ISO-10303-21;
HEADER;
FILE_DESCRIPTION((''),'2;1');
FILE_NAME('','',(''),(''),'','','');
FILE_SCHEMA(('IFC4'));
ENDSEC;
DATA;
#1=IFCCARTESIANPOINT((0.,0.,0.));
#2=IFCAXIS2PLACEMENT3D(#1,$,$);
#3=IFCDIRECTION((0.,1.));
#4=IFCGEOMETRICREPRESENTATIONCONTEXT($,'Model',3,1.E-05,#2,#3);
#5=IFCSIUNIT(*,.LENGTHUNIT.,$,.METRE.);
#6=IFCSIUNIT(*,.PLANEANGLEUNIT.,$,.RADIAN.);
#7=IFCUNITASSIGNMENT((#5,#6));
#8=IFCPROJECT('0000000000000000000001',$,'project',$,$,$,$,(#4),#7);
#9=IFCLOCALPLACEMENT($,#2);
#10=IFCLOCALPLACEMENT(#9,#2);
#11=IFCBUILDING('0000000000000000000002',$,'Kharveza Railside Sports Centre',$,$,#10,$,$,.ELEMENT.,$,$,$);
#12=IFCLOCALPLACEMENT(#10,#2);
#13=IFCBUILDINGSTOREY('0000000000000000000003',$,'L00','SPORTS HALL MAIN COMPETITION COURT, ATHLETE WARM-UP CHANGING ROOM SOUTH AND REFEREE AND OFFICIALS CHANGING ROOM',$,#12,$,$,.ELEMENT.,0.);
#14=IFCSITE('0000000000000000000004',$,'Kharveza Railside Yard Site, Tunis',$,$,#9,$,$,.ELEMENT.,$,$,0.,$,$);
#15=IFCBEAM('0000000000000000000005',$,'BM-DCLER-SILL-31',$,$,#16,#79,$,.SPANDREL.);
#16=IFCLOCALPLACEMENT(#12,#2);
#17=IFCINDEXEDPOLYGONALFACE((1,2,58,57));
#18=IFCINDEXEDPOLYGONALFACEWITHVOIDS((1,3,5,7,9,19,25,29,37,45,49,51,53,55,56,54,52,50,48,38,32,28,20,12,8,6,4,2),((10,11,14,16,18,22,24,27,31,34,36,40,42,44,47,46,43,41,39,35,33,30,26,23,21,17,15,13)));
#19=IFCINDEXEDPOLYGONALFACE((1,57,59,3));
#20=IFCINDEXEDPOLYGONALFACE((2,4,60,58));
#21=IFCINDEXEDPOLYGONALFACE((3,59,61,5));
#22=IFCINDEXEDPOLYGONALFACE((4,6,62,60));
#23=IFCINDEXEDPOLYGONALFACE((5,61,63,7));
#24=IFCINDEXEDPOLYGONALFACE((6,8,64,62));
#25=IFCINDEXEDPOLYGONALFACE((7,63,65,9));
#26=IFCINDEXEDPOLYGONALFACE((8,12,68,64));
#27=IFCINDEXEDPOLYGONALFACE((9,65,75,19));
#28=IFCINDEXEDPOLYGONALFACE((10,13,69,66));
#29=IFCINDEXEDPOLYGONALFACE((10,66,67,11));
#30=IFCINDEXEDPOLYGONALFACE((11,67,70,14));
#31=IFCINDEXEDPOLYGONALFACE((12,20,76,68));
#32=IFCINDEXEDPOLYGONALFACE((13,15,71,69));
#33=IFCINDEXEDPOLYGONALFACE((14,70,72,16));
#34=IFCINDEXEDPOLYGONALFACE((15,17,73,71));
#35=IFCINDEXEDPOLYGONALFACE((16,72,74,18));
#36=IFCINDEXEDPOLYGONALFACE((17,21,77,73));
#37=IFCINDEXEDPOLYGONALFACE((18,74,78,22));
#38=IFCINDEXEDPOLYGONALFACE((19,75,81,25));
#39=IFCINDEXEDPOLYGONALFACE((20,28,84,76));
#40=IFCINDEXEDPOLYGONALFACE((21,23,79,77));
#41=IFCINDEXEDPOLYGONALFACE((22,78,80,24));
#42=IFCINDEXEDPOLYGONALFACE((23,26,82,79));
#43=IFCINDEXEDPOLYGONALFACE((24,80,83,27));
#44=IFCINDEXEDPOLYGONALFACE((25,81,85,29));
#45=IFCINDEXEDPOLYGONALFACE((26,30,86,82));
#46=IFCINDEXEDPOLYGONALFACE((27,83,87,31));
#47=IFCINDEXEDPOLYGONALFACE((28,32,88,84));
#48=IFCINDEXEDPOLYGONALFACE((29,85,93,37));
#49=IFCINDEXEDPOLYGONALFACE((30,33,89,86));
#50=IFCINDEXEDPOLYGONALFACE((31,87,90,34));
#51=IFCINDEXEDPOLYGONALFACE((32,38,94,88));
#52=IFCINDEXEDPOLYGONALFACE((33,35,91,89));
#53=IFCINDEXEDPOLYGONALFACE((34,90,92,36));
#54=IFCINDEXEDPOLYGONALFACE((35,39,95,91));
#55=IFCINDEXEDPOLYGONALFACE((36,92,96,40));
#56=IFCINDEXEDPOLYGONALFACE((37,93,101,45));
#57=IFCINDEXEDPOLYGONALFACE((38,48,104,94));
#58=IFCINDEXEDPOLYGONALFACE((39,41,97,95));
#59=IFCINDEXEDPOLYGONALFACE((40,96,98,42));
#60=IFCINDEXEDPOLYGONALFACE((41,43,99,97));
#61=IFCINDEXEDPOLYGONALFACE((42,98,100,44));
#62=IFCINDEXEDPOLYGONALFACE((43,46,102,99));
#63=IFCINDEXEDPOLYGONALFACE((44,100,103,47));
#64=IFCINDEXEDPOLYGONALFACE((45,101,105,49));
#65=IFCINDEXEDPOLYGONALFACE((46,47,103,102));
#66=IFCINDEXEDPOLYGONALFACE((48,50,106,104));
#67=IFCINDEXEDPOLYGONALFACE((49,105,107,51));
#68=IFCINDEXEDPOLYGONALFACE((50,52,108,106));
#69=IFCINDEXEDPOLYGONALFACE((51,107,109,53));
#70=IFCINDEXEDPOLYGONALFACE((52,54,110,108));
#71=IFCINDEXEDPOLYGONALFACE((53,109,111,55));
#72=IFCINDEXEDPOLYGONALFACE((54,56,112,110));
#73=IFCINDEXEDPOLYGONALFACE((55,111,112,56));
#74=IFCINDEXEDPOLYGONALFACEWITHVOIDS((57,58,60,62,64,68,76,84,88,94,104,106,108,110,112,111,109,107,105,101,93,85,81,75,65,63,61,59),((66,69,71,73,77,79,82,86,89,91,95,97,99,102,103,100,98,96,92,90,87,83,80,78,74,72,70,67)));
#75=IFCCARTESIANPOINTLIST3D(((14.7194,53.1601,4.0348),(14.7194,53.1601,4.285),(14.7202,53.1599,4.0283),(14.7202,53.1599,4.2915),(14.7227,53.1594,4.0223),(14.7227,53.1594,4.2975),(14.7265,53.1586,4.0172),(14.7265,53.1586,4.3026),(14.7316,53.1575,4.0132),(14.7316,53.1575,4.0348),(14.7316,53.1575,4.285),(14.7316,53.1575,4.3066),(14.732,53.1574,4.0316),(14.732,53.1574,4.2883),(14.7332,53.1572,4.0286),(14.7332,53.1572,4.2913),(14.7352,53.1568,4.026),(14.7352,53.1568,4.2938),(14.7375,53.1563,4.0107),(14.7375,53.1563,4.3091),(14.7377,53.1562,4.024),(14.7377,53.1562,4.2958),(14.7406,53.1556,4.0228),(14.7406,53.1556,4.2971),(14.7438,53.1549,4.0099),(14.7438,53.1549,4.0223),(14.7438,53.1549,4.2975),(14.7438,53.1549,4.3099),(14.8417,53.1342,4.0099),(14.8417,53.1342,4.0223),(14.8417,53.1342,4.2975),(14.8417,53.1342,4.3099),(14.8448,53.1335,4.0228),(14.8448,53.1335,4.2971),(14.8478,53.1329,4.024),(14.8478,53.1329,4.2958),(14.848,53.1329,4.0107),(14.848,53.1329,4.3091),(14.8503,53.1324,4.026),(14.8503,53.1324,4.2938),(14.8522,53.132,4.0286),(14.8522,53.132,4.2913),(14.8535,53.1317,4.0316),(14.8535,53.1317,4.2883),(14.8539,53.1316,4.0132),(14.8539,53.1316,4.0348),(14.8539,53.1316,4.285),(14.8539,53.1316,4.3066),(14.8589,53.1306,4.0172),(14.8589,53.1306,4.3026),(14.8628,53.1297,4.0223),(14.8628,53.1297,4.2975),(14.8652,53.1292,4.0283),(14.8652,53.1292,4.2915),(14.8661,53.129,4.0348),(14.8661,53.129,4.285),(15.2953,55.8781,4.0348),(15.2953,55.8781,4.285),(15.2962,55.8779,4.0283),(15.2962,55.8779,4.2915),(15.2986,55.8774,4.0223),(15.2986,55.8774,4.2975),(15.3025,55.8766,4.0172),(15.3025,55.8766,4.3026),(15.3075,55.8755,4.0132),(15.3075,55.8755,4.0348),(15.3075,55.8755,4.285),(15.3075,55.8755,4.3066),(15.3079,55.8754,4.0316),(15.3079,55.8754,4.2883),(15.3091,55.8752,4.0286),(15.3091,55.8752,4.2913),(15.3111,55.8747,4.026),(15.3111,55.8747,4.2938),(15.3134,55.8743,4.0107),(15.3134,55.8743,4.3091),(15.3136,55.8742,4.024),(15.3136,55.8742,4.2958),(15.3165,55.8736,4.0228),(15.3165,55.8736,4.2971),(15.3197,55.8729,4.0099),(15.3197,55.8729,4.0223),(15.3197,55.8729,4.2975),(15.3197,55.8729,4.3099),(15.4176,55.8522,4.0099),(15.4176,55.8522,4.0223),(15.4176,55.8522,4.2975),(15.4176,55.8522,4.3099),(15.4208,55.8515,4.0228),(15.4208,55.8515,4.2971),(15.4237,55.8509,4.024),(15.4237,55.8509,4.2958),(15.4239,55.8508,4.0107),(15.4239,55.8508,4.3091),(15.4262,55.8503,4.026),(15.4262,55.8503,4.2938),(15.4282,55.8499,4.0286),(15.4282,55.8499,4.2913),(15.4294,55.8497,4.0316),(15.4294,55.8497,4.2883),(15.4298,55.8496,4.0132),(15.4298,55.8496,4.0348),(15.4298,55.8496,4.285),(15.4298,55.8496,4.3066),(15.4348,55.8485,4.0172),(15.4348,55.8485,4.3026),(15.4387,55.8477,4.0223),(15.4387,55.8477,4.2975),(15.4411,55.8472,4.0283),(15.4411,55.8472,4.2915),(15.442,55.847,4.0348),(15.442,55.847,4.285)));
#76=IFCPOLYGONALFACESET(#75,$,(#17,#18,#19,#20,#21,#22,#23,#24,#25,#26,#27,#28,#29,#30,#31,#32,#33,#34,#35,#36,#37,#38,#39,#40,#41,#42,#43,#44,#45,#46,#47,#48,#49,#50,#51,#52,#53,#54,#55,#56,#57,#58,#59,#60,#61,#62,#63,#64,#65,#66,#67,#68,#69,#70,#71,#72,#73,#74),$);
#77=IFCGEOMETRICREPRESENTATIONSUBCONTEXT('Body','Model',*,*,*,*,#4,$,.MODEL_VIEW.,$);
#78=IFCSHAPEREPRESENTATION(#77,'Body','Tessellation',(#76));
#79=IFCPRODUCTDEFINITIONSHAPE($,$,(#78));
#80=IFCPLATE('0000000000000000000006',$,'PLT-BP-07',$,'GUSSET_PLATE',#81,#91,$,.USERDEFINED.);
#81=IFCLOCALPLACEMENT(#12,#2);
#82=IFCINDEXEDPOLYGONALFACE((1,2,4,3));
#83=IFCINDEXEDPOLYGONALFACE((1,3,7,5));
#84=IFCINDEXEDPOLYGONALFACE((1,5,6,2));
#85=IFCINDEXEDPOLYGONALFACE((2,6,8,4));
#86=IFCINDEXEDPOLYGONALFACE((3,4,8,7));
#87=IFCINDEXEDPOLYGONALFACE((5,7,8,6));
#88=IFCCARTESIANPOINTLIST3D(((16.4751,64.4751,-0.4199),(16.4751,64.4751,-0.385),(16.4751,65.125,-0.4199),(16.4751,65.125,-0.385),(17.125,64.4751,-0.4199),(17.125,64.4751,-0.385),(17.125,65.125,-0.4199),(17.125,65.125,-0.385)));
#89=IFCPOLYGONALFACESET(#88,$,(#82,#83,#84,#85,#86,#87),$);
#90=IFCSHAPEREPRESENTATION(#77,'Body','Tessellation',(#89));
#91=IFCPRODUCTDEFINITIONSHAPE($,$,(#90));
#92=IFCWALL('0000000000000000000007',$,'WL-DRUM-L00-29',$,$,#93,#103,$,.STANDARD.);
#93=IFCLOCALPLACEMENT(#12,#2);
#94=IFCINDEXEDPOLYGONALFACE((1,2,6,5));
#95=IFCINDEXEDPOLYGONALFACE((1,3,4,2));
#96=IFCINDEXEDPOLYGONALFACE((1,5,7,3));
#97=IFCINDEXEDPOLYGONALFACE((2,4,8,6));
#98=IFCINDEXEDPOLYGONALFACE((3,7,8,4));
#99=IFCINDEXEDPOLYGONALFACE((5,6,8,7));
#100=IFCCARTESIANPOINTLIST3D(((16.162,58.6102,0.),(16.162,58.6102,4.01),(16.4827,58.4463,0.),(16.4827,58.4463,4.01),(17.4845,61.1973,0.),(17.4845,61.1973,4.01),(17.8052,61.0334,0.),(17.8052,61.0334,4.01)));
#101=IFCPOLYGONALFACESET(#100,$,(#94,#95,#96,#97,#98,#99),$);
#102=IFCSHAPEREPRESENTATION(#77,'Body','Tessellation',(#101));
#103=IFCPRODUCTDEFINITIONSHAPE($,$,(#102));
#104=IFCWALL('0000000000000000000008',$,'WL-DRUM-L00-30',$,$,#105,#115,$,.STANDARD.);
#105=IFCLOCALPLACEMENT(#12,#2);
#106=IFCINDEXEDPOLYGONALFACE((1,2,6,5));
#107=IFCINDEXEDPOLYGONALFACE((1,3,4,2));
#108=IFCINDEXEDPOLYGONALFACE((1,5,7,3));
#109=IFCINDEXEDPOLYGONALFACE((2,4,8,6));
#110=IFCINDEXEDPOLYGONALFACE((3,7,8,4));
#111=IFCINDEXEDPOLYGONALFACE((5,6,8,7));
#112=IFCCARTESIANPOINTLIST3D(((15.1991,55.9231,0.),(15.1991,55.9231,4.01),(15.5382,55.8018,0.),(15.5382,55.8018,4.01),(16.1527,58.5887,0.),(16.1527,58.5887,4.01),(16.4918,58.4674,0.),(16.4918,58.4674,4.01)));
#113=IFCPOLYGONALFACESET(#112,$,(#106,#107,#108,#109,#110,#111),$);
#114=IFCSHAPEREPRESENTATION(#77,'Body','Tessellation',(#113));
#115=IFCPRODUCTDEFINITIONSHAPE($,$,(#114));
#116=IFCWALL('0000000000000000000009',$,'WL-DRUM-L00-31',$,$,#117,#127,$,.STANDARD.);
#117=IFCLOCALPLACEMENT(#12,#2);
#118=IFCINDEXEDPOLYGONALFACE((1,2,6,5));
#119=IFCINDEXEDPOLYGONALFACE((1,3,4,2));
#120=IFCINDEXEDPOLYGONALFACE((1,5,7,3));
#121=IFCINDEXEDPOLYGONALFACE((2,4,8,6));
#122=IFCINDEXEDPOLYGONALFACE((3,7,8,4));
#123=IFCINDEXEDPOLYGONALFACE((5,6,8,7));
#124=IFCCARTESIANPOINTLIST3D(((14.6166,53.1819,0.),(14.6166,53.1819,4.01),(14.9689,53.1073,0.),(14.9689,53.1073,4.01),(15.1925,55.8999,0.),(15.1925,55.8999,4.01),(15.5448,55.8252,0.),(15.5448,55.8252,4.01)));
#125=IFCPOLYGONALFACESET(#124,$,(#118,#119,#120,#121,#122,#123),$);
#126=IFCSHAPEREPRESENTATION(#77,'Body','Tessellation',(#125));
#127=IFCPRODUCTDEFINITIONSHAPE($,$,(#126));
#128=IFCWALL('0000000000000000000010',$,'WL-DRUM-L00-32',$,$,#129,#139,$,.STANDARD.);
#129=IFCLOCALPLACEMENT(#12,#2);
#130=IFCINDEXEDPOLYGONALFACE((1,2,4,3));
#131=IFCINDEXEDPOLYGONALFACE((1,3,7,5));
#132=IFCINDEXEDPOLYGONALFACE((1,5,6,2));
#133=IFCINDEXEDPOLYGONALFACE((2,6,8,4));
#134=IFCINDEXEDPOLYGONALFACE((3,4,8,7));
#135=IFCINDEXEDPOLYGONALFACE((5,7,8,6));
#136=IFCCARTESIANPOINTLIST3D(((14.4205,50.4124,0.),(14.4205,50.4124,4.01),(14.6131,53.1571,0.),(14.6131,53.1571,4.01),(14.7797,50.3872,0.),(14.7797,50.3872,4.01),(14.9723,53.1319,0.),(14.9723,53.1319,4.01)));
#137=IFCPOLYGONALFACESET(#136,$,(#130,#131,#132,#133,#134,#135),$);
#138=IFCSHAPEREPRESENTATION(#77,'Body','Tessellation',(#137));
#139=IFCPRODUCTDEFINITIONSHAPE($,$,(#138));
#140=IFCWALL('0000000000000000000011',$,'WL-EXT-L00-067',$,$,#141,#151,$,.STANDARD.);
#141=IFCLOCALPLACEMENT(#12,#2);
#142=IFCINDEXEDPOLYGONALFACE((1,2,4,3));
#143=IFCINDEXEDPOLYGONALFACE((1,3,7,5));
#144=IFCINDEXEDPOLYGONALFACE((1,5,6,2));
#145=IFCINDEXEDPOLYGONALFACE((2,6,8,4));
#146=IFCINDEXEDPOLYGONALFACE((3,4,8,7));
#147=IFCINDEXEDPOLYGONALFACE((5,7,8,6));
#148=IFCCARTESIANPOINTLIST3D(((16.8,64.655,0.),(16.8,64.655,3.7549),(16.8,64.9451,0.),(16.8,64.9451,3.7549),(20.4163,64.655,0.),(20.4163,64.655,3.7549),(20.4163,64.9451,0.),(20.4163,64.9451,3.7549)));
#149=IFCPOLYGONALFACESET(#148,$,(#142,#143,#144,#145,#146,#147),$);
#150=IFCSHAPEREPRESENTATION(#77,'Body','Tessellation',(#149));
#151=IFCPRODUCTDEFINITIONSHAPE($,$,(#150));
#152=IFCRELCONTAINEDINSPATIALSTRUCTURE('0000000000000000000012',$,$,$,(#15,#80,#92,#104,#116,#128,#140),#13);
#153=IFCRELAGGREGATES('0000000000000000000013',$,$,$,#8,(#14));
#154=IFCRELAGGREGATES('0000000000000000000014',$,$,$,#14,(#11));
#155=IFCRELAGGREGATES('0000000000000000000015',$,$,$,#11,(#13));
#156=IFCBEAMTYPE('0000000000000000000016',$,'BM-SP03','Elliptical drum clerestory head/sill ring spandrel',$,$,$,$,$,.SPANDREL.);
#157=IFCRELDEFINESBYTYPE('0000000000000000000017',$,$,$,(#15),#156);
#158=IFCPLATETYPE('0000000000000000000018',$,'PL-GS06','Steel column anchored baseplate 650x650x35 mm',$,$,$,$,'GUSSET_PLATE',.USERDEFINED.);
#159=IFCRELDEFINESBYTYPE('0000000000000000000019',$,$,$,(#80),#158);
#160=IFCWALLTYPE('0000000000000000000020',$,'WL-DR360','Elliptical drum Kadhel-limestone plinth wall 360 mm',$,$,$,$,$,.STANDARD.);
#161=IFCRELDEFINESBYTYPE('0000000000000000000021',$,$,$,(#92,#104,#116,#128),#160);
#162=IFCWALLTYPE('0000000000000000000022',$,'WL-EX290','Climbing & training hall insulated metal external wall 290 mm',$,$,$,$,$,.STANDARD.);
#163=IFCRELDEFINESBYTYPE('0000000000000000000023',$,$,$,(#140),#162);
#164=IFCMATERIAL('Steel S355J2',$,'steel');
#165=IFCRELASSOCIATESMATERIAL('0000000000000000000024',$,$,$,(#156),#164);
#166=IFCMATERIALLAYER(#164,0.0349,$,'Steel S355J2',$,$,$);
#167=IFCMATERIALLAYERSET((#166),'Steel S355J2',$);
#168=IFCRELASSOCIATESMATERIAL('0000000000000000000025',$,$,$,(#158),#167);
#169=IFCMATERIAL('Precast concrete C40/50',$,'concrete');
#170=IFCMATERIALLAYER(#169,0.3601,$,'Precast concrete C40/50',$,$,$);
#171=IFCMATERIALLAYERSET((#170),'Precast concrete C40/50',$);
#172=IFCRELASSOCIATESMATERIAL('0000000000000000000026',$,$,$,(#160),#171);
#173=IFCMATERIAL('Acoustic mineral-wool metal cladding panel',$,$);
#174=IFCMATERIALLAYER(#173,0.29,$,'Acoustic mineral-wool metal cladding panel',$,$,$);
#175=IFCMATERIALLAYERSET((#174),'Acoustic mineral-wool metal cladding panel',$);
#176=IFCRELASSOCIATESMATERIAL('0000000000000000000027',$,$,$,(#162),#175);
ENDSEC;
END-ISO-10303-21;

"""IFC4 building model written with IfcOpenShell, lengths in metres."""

from ifc_helpers import new_model, si_unit, direction, frame, frame_2d, origin, origin_2d, place, context, subcontext, project, spatial, rectangle, hollow_rectangle, extrude, material, layer, layer_set, material_profile, profile_set, type_object, element, save


model = new_model("IFC4")

# Units and contexts
model_context = context("Model", 3, precision=1e-05, world=origin(), true_north=direction((0.0, 1.0)))
body_context = subcontext(model_context, "Body", "Model", "MODEL_VIEW")
ifc_project = project(units=[si_unit("LENGTHUNIT", "METRE"), si_unit("PLANEANGLEUNIT", "RADIAN")], contexts=[model_context])

# Site, building, storey
site_placement = place(None, origin())
site = spatial("IfcSite", under=ifc_project, at=site_placement, Name="Kharveza Railside Yard Site, Tunis", CompositionType="ELEMENT", RefElevation=0.0)
building_placement = place(site_placement, origin())
building = spatial("IfcBuilding", under=site, at=building_placement, Name="Kharveza Railside Sports Centre", CompositionType="ELEMENT")
storey_placement = place(building_placement, origin())
storey = spatial("IfcBuildingStorey", under=building, at=storey_placement, Name="L00", Description="SPORTS HALL MAIN COMPETITION COURT, ATHLETE WARM-UP CHANGING ROOM SOUTH AND REFEREE AND OFFICIALS CHANGING ROOM", CompositionType="ELEMENT", Elevation=0.0)

# Shared definitions
ifc_material_1 = material(Name="Steel S355J2", Category="steel")

# Beam
ifc_material_profile_1 = material_profile(ifc_material_1, hollow_rectangle(XDim=0.1499, YDim=0.3, WallThickness=0.0125, InnerFilletRadius=0.0125, OuterFilletRadius=0.0249, at=origin_2d()), Name="RHS 150x300x12.5")
ifc_profile_set_1 = profile_set([ifc_material_profile_1], Name="Steel S355J2")
beam_type_1 = type_object("IfcBeamType", Name="BM-SP03", Description="Elliptical drum clerestory head/sill ring spandrel", PredefinedType="SPANDREL", material=ifc_profile_set_1)
beam_1_placement = place(storey_placement, frame((15.3687, 55.8625, 4.1599), z_axis=(-0.20729, -0.97828, 0.0), x_axis=(0.97828, -0.20729, 0.0)))
element("IfcBeam", 1, at=beam_1_placement, inside=storey, type_object=beam_type_1, Name="BM-DCLER-SILL-31", PredefinedType="SPANDREL", context=body_context, shape_type="SweptSolid", body=[
    extrude(hollow_rectangle(XDim=0.1499, YDim=0.3, WallThickness=0.0125, InnerFilletRadius=0.0125, OuterFilletRadius=0.0249, at=origin_2d()), origin(), (0.0, 0.0, 1.0), 2.7783),
])

# Plate
ifc_layer_1 = layer(ifc_material_1, 0.0349, Name="Steel S355J2")
ifc_layer_set_1 = layer_set([ifc_layer_1], Name="Steel S355J2")
plate_type = type_object("IfcPlateType", Name="PL-GS06", Description="Steel column anchored baseplate 650x650x35 mm", ElementType="GUSSET_PLATE", PredefinedType="USERDEFINED", material=ifc_layer_set_1)
plate_placement = place(storey_placement, frame((16.8, 64.8, -0.4199), z_axis=(0.0, 0.0, 1.0), x_axis=(1.0, 0.0, 0.0)))
element("IfcPlate", 2, at=plate_placement, inside=storey, type_object=plate_type, Name="PLT-BP-07", ObjectType="GUSSET_PLATE", PredefinedType="USERDEFINED", context=body_context, shape_type="SweptSolid", body=[
    extrude(rectangle(XDim=0.6499, YDim=0.6499, at=origin_2d()), origin(), (0.0, 0.0, 1.0), 0.0349),
])

# Walls
ifc_material_2 = material(Name="Precast concrete C40/50", Category="concrete")
ifc_layer_2 = layer(ifc_material_2, 0.3601, Name="Precast concrete C40/50")
ifc_layer_set_2 = layer_set([ifc_layer_2], Name="Precast concrete C40/50")
wall_type_1 = type_object("IfcWallType", Name="WL-DR360", Description="Elliptical drum Kadhel-limestone plinth wall 360 mm", PredefinedType="STANDARD", material=ifc_layer_set_2)
wall_1_placement = place(storey_placement, frame((17.6448, 61.1152, 0.0), z_axis=(0.0, 0.0, 1.0), x_axis=(-0.455161, -0.890409, 0.0)))
element("IfcWall", 3, at=wall_1_placement, inside=storey, type_object=wall_type_1, Name="WL-DRUM-L00-29", PredefinedType="STANDARD", context=body_context, shape_type="SweptSolid", body=[
    extrude(rectangle(XDim=2.9055, YDim=0.3601, at=frame_2d((1.4526, 0.0))), origin(), (0.0, 0.0, 1.0), 4.01),
])
wall_2_placement = place(storey_placement, frame((16.3223, 58.5281, 0.0), z_axis=(0.0, 0.0, 1.0), x_axis=(-0.33685, -0.941558, 0.0)))
element("IfcWall", 4, at=wall_2_placement, inside=storey, type_object=wall_type_1, Name="WL-DRUM-L00-30", PredefinedType="STANDARD", context=body_context, shape_type="SweptSolid", body=[
    extrude(rectangle(XDim=2.8311, YDim=0.3601, at=frame_2d((1.4155, 0.0))), origin(), (0.0, 0.0, 1.0), 4.01),
])
wall_3_placement = place(storey_placement, frame((15.3687, 55.8625, 0.0), z_axis=(0.0, 0.0, 1.0), x_axis=(-0.20729, -0.97828, 0.0)))
element("IfcWall", 5, at=wall_3_placement, inside=storey, type_object=wall_type_1, Name="WL-DRUM-L00-31", PredefinedType="STANDARD", context=body_context, shape_type="SweptSolid", body=[
    extrude(rectangle(XDim=2.7783, YDim=0.3601, at=frame_2d((1.3892, 0.0))), origin(), (0.0, 0.0, 1.0), 4.01),
])
wall_4_placement = place(storey_placement, frame((14.7927, 53.1445, 0.0), z_axis=(0.0, 0.0, 1.0), x_axis=(-0.070011, -0.997546, 0.0)))
element("IfcWall", 6, at=wall_4_placement, inside=storey, type_object=wall_type_1, Name="WL-DRUM-L00-32", PredefinedType="STANDARD", context=body_context, shape_type="SweptSolid", body=[
    extrude(rectangle(XDim=2.7515, YDim=0.3601, at=frame_2d((1.3757, 0.0))), origin(), (0.0, 0.0, 1.0), 4.01),
])
ifc_material_3 = material(Name="Acoustic mineral-wool metal cladding panel")
ifc_layer_3 = layer(ifc_material_3, 0.29, Name="Acoustic mineral-wool metal cladding panel")
ifc_layer_set_3 = layer_set([ifc_layer_3], Name="Acoustic mineral-wool metal cladding panel")
wall_type_2 = type_object("IfcWallType", Name="WL-EX290", Description="Climbing & training hall insulated metal external wall 290 mm", PredefinedType="STANDARD", material=ifc_layer_set_3)
wall_5_placement = place(storey_placement, frame((16.8, 64.8, 0.0), z_axis=(0.0, 0.0, 1.0), x_axis=(1.0, 0.0, 0.0)))
element("IfcWall", 7, at=wall_5_placement, inside=storey, type_object=wall_type_2, Name="WL-EXT-L00-067", PredefinedType="STANDARD", context=body_context, shape_type="SweptSolid", body=[
    extrude(rectangle(XDim=3.6162, YDim=0.29, at=frame_2d((1.8081, 0.0))), origin(), (0.0, 0.0, 1.0), 3.7549),
])

save(model, "model.ifc")
